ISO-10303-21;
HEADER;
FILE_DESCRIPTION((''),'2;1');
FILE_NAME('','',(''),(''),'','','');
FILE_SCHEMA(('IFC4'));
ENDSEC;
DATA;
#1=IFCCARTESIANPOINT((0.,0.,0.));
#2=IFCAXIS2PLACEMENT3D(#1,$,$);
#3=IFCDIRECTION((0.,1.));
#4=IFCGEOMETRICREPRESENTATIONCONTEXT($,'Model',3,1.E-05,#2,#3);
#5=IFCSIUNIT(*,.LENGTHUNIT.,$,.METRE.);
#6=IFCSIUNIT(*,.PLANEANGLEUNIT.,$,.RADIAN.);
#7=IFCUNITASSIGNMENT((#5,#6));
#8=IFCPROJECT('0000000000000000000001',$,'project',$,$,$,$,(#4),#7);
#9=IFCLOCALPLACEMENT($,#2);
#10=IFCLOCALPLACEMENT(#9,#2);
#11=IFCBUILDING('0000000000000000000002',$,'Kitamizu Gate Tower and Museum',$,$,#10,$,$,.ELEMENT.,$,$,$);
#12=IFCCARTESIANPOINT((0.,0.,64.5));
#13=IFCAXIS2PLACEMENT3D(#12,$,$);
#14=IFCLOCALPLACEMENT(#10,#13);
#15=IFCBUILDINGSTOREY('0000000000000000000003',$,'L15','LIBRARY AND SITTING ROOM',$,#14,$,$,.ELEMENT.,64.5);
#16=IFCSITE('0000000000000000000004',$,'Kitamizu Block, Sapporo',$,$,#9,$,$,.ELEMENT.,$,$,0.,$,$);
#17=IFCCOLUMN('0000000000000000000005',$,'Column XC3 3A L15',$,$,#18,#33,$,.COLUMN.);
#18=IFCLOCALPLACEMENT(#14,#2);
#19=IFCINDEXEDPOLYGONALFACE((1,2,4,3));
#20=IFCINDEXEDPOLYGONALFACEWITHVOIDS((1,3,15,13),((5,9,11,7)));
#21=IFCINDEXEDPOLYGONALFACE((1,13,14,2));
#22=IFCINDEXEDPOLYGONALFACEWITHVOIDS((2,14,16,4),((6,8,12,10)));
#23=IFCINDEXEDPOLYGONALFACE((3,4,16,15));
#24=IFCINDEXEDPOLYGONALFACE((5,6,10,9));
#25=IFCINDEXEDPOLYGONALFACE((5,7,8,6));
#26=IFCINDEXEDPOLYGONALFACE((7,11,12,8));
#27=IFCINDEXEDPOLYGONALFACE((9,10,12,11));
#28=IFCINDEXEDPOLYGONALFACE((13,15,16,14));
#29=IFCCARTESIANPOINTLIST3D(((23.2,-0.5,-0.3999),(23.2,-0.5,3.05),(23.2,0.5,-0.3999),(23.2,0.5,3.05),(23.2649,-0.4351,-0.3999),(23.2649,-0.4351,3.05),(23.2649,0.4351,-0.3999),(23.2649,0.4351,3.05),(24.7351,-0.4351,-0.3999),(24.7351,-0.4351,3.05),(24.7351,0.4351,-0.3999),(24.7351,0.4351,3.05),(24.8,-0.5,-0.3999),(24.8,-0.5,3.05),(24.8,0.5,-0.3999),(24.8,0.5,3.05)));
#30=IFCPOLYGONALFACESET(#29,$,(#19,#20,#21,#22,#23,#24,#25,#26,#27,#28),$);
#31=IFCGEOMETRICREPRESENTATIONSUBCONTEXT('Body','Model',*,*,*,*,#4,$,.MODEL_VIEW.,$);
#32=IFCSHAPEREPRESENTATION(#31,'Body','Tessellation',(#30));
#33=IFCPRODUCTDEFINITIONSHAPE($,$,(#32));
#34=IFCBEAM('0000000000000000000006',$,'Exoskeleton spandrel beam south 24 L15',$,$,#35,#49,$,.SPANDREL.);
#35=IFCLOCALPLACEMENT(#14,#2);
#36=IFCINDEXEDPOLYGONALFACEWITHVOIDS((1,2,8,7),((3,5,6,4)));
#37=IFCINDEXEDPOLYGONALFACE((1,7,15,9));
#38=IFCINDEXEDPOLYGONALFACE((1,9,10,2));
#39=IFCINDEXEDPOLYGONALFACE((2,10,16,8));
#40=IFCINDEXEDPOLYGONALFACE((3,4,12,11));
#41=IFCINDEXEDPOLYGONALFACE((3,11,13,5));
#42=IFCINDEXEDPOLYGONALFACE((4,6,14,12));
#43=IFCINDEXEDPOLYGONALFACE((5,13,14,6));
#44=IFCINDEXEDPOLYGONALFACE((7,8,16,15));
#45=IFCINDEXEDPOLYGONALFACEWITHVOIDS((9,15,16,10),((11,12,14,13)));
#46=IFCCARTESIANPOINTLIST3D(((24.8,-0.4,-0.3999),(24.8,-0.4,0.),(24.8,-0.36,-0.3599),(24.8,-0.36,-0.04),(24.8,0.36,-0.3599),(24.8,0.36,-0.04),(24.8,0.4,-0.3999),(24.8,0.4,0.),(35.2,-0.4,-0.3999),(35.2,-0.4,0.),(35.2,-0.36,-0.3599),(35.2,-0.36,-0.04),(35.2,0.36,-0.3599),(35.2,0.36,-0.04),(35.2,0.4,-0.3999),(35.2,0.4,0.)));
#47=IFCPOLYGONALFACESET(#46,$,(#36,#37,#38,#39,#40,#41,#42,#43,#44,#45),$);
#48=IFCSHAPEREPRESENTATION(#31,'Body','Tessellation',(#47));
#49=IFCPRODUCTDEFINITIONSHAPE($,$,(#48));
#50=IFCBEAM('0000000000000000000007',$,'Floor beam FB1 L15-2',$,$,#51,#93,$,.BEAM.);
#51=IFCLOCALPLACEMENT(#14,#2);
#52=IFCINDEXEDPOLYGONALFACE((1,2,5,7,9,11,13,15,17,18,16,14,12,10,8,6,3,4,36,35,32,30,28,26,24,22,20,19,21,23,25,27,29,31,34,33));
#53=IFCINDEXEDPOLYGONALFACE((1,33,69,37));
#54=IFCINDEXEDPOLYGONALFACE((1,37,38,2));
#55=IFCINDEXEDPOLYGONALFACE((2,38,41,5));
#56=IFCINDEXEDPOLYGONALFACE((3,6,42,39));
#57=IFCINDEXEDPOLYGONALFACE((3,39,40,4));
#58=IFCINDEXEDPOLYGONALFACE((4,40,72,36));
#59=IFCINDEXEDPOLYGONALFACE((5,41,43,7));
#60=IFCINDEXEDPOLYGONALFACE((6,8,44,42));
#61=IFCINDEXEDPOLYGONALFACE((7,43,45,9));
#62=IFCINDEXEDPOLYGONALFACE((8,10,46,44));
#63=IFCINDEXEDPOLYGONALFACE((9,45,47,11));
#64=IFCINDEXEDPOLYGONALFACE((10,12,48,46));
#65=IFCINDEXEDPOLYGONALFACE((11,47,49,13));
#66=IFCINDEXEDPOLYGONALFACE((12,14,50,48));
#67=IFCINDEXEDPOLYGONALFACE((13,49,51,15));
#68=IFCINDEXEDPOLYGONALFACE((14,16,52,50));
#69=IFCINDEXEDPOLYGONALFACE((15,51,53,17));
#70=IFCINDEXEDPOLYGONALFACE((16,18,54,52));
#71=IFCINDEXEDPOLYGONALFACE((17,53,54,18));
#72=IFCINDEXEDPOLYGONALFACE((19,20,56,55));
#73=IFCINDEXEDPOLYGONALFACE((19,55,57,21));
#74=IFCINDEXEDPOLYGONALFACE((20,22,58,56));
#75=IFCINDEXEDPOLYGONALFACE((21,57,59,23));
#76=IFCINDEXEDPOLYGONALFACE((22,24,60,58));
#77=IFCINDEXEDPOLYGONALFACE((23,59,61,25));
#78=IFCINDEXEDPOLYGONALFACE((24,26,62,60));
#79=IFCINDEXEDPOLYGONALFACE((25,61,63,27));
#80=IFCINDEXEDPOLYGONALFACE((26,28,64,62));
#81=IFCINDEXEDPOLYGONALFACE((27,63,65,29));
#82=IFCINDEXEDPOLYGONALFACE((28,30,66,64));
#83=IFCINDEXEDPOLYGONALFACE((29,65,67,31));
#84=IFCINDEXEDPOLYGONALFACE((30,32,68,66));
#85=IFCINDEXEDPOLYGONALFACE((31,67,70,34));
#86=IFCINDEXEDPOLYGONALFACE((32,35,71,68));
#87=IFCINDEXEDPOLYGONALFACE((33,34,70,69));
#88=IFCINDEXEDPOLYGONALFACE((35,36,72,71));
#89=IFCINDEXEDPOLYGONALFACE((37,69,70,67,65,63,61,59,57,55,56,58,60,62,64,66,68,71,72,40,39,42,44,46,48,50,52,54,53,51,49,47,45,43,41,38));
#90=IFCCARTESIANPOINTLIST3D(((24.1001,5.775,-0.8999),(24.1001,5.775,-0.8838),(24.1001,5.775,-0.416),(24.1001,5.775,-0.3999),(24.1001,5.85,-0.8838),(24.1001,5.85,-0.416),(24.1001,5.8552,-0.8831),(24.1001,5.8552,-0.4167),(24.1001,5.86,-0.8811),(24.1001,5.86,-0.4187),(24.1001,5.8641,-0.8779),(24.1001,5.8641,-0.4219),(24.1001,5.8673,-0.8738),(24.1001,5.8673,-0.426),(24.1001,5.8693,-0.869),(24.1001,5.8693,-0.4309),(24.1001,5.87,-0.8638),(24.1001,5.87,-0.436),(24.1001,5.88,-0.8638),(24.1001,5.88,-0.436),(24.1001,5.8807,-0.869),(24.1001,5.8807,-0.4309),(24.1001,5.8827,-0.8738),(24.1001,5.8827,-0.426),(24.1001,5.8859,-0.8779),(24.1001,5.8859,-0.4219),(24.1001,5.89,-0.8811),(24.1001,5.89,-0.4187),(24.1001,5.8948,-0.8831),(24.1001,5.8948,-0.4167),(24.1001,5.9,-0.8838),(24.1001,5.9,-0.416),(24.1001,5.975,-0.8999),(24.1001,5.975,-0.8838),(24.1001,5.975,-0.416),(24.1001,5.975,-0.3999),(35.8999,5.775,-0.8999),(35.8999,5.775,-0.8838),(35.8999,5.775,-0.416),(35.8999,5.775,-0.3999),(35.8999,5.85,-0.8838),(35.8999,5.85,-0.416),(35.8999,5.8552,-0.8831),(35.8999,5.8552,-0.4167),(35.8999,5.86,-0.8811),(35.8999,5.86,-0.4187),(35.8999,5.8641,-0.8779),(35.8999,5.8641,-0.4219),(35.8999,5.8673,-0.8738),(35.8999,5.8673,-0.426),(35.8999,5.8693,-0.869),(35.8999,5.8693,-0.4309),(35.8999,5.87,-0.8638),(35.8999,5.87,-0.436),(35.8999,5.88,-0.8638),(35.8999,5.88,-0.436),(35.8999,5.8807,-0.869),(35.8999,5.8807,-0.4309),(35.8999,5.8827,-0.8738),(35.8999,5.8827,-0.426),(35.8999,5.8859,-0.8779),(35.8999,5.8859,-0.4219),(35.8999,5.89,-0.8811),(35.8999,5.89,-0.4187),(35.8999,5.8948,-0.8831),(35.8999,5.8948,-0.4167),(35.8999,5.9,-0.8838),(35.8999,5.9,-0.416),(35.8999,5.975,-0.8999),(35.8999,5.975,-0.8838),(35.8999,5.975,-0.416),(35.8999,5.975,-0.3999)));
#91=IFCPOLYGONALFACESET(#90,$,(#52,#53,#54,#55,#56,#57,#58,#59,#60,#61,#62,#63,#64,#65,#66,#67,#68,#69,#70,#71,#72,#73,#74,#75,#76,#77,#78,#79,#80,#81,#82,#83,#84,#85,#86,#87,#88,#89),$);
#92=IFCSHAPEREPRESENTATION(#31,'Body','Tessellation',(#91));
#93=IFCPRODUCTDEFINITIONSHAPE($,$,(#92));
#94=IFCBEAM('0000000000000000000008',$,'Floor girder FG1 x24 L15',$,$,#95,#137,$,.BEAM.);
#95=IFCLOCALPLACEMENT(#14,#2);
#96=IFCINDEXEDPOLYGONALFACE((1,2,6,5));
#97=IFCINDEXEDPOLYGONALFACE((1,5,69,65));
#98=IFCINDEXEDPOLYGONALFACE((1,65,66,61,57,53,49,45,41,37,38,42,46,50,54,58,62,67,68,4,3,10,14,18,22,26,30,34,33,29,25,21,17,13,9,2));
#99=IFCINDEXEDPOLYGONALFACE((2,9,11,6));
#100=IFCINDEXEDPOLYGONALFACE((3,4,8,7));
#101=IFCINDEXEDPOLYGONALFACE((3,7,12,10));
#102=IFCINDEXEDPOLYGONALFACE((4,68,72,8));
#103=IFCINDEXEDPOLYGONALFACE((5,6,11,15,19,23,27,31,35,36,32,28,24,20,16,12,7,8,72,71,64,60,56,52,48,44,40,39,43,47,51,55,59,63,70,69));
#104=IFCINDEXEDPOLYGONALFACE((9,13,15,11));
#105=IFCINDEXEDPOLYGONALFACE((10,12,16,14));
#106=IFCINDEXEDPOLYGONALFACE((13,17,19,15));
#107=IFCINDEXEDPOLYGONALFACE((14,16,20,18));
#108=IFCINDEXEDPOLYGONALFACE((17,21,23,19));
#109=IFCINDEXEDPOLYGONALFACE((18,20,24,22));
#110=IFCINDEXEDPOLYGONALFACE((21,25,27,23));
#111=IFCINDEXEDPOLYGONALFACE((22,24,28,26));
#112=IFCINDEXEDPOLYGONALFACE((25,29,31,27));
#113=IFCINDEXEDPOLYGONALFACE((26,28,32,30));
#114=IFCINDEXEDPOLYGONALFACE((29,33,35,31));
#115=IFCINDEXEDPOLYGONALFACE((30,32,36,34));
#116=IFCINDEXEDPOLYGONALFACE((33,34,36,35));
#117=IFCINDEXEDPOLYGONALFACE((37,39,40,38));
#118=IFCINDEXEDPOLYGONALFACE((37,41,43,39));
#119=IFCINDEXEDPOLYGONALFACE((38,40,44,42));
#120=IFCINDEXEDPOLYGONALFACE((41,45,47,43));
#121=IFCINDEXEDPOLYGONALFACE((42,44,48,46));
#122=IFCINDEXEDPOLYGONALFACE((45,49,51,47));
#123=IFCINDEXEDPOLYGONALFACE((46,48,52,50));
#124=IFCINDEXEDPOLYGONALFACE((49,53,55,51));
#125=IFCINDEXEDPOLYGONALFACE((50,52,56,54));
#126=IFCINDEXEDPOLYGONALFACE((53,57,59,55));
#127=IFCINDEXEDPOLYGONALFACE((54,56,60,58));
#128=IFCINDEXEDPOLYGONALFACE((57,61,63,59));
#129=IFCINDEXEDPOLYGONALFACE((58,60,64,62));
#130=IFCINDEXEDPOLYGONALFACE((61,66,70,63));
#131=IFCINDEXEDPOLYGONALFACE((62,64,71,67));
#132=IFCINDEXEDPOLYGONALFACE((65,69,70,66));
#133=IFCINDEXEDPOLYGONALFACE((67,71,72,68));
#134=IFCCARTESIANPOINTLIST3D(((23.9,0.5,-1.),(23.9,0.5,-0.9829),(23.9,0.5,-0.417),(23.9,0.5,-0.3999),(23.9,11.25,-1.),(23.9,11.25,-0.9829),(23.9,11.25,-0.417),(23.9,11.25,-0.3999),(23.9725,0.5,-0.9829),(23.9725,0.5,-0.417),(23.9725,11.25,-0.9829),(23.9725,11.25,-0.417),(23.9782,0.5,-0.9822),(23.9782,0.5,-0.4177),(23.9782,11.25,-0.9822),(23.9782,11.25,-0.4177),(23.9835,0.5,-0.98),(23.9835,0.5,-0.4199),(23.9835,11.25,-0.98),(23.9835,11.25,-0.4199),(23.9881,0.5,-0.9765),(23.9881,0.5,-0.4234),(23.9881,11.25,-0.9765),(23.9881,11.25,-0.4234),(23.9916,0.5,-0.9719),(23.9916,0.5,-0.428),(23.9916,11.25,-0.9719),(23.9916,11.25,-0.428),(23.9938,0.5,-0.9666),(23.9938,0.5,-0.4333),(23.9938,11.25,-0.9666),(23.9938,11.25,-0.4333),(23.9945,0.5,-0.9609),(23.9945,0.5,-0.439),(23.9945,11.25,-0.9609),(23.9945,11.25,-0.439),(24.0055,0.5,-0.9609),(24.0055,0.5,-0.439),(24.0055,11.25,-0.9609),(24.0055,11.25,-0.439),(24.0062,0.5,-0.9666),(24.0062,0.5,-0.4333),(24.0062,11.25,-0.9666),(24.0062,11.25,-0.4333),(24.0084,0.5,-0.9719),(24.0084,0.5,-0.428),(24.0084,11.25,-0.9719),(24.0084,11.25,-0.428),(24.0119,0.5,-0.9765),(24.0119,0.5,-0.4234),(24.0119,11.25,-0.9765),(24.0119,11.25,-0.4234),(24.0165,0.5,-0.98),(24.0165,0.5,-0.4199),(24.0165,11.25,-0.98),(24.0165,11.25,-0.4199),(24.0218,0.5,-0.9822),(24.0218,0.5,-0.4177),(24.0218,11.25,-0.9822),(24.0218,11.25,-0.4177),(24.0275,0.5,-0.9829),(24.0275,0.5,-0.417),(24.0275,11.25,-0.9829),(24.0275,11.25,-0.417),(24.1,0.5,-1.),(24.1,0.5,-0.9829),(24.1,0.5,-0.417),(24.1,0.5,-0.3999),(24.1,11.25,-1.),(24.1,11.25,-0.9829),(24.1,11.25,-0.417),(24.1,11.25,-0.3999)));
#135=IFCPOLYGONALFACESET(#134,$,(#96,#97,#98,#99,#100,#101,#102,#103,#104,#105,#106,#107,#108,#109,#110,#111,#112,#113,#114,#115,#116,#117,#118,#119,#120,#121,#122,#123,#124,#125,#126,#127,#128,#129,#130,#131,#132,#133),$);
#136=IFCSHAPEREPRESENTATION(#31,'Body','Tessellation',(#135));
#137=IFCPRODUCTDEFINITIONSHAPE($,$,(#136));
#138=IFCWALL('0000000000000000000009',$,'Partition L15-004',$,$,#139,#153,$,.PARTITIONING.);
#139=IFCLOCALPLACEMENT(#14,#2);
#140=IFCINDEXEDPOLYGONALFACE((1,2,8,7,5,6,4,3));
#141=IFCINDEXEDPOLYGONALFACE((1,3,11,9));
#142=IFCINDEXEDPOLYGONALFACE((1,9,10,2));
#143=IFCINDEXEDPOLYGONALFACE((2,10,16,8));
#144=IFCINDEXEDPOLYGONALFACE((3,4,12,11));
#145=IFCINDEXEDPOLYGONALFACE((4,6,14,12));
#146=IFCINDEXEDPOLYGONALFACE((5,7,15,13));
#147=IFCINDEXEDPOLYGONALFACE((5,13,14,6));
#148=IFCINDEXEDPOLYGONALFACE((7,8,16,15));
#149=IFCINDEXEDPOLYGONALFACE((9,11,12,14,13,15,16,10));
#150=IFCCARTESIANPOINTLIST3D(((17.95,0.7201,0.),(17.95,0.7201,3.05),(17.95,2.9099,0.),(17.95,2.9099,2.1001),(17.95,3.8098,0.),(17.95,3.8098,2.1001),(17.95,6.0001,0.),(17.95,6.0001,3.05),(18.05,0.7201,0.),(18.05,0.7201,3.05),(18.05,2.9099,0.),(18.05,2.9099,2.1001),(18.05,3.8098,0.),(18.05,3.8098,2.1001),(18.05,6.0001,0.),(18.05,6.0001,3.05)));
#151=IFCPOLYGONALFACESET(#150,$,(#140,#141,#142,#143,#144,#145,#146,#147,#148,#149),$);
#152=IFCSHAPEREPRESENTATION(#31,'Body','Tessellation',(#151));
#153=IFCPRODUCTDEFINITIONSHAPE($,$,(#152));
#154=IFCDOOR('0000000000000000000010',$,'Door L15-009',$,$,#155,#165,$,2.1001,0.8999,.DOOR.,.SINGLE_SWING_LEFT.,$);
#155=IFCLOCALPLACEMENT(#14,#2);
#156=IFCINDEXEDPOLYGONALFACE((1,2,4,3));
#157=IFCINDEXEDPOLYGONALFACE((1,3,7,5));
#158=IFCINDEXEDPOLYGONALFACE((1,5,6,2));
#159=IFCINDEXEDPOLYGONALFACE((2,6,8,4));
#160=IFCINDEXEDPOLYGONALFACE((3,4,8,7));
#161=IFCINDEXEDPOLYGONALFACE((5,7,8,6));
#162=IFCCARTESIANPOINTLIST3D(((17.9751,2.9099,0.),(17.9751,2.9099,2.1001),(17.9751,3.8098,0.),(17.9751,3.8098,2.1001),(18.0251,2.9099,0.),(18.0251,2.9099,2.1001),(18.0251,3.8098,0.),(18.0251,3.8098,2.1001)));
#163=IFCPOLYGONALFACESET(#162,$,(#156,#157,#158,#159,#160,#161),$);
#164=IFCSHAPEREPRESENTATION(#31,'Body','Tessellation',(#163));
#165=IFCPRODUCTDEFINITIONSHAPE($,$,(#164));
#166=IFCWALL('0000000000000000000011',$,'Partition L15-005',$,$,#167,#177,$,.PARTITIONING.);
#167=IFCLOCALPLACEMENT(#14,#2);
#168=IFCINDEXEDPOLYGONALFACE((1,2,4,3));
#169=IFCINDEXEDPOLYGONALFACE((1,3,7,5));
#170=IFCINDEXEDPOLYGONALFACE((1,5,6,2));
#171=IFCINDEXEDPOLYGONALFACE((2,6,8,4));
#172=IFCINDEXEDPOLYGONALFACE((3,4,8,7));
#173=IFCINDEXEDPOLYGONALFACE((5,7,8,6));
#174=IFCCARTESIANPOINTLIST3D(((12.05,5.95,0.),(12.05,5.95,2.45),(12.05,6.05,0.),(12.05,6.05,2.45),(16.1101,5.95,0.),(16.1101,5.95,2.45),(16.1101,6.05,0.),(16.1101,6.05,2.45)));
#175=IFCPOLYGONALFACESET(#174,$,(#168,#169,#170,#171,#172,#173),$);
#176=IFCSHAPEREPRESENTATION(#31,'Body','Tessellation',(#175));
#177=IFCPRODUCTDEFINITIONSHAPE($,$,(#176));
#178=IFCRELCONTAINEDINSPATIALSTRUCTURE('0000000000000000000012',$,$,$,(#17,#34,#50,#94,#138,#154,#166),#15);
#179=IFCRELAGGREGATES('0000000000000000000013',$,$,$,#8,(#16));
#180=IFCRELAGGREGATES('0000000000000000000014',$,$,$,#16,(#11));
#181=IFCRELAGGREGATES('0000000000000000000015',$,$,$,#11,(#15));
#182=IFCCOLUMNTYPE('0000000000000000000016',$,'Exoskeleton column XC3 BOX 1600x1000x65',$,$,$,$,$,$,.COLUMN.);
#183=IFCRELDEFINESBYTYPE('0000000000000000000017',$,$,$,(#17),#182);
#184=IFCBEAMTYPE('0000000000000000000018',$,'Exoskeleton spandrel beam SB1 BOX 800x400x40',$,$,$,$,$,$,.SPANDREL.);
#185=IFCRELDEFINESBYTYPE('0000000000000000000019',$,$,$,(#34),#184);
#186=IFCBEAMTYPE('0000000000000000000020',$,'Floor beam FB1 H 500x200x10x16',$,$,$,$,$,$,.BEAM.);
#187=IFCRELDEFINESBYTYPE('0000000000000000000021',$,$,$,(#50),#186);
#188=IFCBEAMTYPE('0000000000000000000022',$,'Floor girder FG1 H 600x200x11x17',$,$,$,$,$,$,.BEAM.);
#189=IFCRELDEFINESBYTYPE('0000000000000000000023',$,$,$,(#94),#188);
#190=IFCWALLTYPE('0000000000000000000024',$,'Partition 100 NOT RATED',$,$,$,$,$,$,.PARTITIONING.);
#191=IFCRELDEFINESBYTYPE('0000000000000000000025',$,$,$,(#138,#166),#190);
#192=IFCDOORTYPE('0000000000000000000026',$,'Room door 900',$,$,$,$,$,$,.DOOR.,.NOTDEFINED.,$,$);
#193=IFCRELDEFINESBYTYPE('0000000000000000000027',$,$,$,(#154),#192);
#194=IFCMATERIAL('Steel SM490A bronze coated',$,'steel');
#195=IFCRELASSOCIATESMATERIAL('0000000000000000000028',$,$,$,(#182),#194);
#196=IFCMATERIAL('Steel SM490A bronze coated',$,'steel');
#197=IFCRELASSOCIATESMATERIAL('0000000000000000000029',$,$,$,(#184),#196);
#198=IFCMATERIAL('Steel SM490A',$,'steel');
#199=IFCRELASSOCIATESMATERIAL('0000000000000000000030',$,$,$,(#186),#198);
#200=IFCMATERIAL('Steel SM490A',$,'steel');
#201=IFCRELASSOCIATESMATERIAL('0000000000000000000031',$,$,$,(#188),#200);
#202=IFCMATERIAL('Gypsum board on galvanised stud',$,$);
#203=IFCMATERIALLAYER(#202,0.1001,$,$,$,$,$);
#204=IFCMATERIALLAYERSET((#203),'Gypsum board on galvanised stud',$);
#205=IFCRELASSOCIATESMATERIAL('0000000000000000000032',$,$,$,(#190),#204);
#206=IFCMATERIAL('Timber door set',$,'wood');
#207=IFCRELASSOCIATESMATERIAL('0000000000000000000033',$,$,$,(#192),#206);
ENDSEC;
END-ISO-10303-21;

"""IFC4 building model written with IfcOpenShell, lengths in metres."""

from ifc_helpers import new_model, si_unit, direction, frame, frame_2d, origin, origin_2d, place, context, subcontext, project, spatial, rectangle, hollow_rectangle, i_section, extrude, material, layer, layer_set, material_profile, profile_set, type_object, element, fill, save


model = new_model("IFC4")

# Units and contexts
model_context = context("Model", 3, precision=1e-05, world=origin(), true_north=direction((0.0, 1.0)))
body_context = subcontext(model_context, "Body", "Model", "MODEL_VIEW")
ifc_project = project(units=[si_unit("LENGTHUNIT", "METRE"), si_unit("PLANEANGLEUNIT", "RADIAN")], contexts=[model_context])

# Site, building, storey
site_placement = place(None, origin())
site = spatial("IfcSite", under=ifc_project, at=site_placement, Name="Kitamizu Block, Sapporo", CompositionType="ELEMENT", RefElevation=0.0)
building_placement = place(site_placement, origin())
building = spatial("IfcBuilding", under=site, at=building_placement, Name="Kitamizu Gate Tower and Museum", CompositionType="ELEMENT")
storey_placement = place(building_placement, frame((0.0, 0.0, 64.5)))
storey = spatial("IfcBuildingStorey", under=building, at=storey_placement, Name="L15", Description="LIBRARY AND SITTING ROOM", CompositionType="ELEMENT", Elevation=64.5)

# Column
ifc_material_1 = material(Name="Steel SM490A bronze coated", Category="steel")
ifc_material_profile_1 = material_profile(ifc_material_1, hollow_rectangle(XDim=1.6001, YDim=1.0, WallThickness=0.0649, at=origin_2d()), Name="BOX 1600x1000x65")
ifc_profile_set_1 = profile_set([ifc_material_profile_1], Name="Steel SM490A bronze coated")
column_type = type_object("IfcColumnType", Name="Exoskeleton column XC3 BOX 1600x1000x65", PredefinedType="COLUMN", material=ifc_profile_set_1)
column_placement = place(storey_placement, frame((24.0, 0.0, -0.3999), z_axis=(0.0, 0.0, 1.0), x_axis=(1.0, 0.0, 0.0)))
element("IfcColumn", 1, at=column_placement, inside=storey, type_object=column_type, Name="Column XC3 3A L15", PredefinedType="COLUMN", context=body_context, shape_type="SweptSolid", body=[
    extrude(hollow_rectangle(XDim=1.6001, YDim=1.0, WallThickness=0.0649, at=origin_2d()), origin(), (0.0, 0.0, 1.0), 3.45),
])

# Beams
ifc_material_2 = material(Name="Steel SM490A bronze coated", Category="steel")
ifc_material_profile_2 = material_profile(ifc_material_2, hollow_rectangle(XDim=0.8, YDim=0.3999, WallThickness=0.04, at=origin_2d()), Name="BOX 800x400x40")
ifc_profile_set_2 = profile_set([ifc_material_profile_2], Name="Steel SM490A bronze coated")
beam_type_1 = type_object("IfcBeamType", Name="Exoskeleton spandrel beam SB1 BOX 800x400x40", PredefinedType="SPANDREL", material=ifc_profile_set_2)
beam_1_placement = place(storey_placement, frame((24.8, 0.0, -0.2), z_axis=(1.0, 0.0, 0.0), x_axis=(0.0, 1.0, 0.0)))
element("IfcBeam", 2, at=beam_1_placement, inside=storey, type_object=beam_type_1, Name="Exoskeleton spandrel beam south 24 L15", PredefinedType="SPANDREL", context=body_context, shape_type="SweptSolid", body=[
    extrude(hollow_rectangle(XDim=0.8, YDim=0.3999, WallThickness=0.04, at=origin_2d()), origin(), (0.0, 0.0, 1.0), 10.3999),
])
ifc_material_3 = material(Name="Steel SM490A", Category="steel")
ifc_material_profile_3 = material_profile(ifc_material_3, i_section(OverallWidth=0.2, OverallDepth=0.5, WebThickness=0.01, FlangeThickness=0.0161, FilletRadius=0.02, at=origin_2d()), Name="H-500x200x10x16")
ifc_profile_set_3 = profile_set([ifc_material_profile_3], Name="Steel SM490A")
beam_type_2 = type_object("IfcBeamType", Name="Floor beam FB1 H 500x200x10x16", PredefinedType="BEAM", material=ifc_profile_set_3)
beam_2_placement = place(storey_placement, frame((24.1001, 5.875, -0.6499), z_axis=(1.0, 0.0, 0.0), x_axis=(0.0, 1.0, 0.0)))
element("IfcBeam", 3, at=beam_2_placement, inside=storey, type_object=beam_type_2, Name="Floor beam FB1 L15-2", PredefinedType="BEAM", context=body_context, shape_type="SweptSolid", body=[
    extrude(i_section(OverallWidth=0.2, OverallDepth=0.5, WebThickness=0.01, FlangeThickness=0.0161, FilletRadius=0.02, at=origin_2d()), origin(), (0.0, 0.0, 1.0), 11.7998),
])
ifc_material_4 = material(Name="Steel SM490A", Category="steel")
ifc_material_profile_4 = material_profile(ifc_material_4, i_section(OverallWidth=0.2, OverallDepth=0.6001, WebThickness=0.011, FlangeThickness=0.0171, FilletRadius=0.022, at=origin_2d()), Name="H-600x200x11x17")
ifc_profile_set_4 = profile_set([ifc_material_profile_4], Name="Steel SM490A")
beam_type_3 = type_object("IfcBeamType", Name="Floor girder FG1 H 600x200x11x17", PredefinedType="BEAM", material=ifc_profile_set_4)
beam_3_placement = place(storey_placement, frame((24.0, 0.5, -0.7), z_axis=(0.0, 1.0, 0.0), x_axis=(-1.0, 0.0, 0.0)))
element("IfcBeam", 4, at=beam_3_placement, inside=storey, type_object=beam_type_3, Name="Floor girder FG1 x24 L15", PredefinedType="BEAM", context=body_context, shape_type="SweptSolid", body=[
    extrude(i_section(OverallWidth=0.2, OverallDepth=0.6001, WebThickness=0.011, FlangeThickness=0.0171, FilletRadius=0.022, at=origin_2d()), origin(), (0.0, 0.0, 1.0), 10.75),
])

# Wall, opening, door
ifc_material_5 = material(Name="Gypsum board on galvanised stud")
ifc_layer_1 = layer(ifc_material_5, 0.1001)
ifc_layer_set_1 = layer_set([ifc_layer_1], Name="Gypsum board on galvanised stud")
wall_type_1 = type_object("IfcWallType", Name="Partition 100 NOT RATED", PredefinedType="PARTITIONING", material=ifc_layer_set_1)
wall_1_placement = place(storey_placement, frame((18.0, 0.72, 0.0), z_axis=(0.0, 0.0, 1.0), x_axis=(0.0, 1.0, 0.0)))
wall_1 = element("IfcWall", 5, at=wall_1_placement, inside=storey, type_object=wall_type_1, Name="Partition L15-004", PredefinedType="PARTITIONING", context=body_context, shape_type="SweptSolid", body=[
    extrude(rectangle(XDim=5.28, YDim=0.1001, at=frame_2d((2.6401, 0.0))), origin(), (0.0, 0.0, 1.0), 3.05),
])
opening_1_placement = place(wall_1_placement, frame((2.1899, 0.0, 0.0)))
opening_1 = element("IfcOpeningElement", 6, at=opening_1_placement, cuts=wall_1, PredefinedType="OPENING", context=body_context, shape_type="SweptSolid", body=[
    extrude(rectangle(XDim=0.8999, YDim=2.1001, at=frame_2d((0.45, 1.05))), frame((0.0, 0.0601, 0.0), z_axis=(0.0, -1.0, 0.0), x_axis=(1.0, 0.0, 0.0)), (0.0, 0.0, 1.0), 0.1201),
])
ifc_material_6 = material(Name="Timber door set", Category="wood")
door_type_1 = type_object("IfcDoorType", Name="Room door 900", OperationType="NOTDEFINED", PredefinedType="DOOR", material=ifc_material_6)
door_1_placement = place(opening_1_placement, origin())
door_1 = element("IfcDoor", 7, at=door_1_placement, inside=storey, type_object=door_type_1, Name="Door L15-009", OperationType="SINGLE_SWING_LEFT", OverallHeight=2.1001, OverallWidth=0.8999, PredefinedType="DOOR", context=body_context, shape_type="SweptSolid", body=[
    extrude(rectangle(XDim=0.8999, YDim=2.1001, at=frame_2d((0.45, 1.05))), frame((0.0, 0.0249, 0.0), z_axis=(0.0, -1.0, 0.0), x_axis=(1.0, 0.0, 0.0)), (0.0, 0.0, 1.0), 0.05),
])
fill(opening_1, door_1)

# Wall
wall_2_placement = place(storey_placement, frame((16.1101, 6.0, 0.0), z_axis=(0.0, 0.0, 1.0), x_axis=(-1.0, 0.0, 0.0)))
element("IfcWall", 8, at=wall_2_placement, inside=storey, type_object=wall_type_1, Name="Partition L15-005", PredefinedType="PARTITIONING", context=body_context, shape_type="SweptSolid", body=[
    extrude(rectangle(XDim=4.0601, YDim=0.1001, at=frame_2d((2.03, 0.0))), origin(), (0.0, 0.0, 1.0), 2.45),
])

save(model, "model.ifc")
